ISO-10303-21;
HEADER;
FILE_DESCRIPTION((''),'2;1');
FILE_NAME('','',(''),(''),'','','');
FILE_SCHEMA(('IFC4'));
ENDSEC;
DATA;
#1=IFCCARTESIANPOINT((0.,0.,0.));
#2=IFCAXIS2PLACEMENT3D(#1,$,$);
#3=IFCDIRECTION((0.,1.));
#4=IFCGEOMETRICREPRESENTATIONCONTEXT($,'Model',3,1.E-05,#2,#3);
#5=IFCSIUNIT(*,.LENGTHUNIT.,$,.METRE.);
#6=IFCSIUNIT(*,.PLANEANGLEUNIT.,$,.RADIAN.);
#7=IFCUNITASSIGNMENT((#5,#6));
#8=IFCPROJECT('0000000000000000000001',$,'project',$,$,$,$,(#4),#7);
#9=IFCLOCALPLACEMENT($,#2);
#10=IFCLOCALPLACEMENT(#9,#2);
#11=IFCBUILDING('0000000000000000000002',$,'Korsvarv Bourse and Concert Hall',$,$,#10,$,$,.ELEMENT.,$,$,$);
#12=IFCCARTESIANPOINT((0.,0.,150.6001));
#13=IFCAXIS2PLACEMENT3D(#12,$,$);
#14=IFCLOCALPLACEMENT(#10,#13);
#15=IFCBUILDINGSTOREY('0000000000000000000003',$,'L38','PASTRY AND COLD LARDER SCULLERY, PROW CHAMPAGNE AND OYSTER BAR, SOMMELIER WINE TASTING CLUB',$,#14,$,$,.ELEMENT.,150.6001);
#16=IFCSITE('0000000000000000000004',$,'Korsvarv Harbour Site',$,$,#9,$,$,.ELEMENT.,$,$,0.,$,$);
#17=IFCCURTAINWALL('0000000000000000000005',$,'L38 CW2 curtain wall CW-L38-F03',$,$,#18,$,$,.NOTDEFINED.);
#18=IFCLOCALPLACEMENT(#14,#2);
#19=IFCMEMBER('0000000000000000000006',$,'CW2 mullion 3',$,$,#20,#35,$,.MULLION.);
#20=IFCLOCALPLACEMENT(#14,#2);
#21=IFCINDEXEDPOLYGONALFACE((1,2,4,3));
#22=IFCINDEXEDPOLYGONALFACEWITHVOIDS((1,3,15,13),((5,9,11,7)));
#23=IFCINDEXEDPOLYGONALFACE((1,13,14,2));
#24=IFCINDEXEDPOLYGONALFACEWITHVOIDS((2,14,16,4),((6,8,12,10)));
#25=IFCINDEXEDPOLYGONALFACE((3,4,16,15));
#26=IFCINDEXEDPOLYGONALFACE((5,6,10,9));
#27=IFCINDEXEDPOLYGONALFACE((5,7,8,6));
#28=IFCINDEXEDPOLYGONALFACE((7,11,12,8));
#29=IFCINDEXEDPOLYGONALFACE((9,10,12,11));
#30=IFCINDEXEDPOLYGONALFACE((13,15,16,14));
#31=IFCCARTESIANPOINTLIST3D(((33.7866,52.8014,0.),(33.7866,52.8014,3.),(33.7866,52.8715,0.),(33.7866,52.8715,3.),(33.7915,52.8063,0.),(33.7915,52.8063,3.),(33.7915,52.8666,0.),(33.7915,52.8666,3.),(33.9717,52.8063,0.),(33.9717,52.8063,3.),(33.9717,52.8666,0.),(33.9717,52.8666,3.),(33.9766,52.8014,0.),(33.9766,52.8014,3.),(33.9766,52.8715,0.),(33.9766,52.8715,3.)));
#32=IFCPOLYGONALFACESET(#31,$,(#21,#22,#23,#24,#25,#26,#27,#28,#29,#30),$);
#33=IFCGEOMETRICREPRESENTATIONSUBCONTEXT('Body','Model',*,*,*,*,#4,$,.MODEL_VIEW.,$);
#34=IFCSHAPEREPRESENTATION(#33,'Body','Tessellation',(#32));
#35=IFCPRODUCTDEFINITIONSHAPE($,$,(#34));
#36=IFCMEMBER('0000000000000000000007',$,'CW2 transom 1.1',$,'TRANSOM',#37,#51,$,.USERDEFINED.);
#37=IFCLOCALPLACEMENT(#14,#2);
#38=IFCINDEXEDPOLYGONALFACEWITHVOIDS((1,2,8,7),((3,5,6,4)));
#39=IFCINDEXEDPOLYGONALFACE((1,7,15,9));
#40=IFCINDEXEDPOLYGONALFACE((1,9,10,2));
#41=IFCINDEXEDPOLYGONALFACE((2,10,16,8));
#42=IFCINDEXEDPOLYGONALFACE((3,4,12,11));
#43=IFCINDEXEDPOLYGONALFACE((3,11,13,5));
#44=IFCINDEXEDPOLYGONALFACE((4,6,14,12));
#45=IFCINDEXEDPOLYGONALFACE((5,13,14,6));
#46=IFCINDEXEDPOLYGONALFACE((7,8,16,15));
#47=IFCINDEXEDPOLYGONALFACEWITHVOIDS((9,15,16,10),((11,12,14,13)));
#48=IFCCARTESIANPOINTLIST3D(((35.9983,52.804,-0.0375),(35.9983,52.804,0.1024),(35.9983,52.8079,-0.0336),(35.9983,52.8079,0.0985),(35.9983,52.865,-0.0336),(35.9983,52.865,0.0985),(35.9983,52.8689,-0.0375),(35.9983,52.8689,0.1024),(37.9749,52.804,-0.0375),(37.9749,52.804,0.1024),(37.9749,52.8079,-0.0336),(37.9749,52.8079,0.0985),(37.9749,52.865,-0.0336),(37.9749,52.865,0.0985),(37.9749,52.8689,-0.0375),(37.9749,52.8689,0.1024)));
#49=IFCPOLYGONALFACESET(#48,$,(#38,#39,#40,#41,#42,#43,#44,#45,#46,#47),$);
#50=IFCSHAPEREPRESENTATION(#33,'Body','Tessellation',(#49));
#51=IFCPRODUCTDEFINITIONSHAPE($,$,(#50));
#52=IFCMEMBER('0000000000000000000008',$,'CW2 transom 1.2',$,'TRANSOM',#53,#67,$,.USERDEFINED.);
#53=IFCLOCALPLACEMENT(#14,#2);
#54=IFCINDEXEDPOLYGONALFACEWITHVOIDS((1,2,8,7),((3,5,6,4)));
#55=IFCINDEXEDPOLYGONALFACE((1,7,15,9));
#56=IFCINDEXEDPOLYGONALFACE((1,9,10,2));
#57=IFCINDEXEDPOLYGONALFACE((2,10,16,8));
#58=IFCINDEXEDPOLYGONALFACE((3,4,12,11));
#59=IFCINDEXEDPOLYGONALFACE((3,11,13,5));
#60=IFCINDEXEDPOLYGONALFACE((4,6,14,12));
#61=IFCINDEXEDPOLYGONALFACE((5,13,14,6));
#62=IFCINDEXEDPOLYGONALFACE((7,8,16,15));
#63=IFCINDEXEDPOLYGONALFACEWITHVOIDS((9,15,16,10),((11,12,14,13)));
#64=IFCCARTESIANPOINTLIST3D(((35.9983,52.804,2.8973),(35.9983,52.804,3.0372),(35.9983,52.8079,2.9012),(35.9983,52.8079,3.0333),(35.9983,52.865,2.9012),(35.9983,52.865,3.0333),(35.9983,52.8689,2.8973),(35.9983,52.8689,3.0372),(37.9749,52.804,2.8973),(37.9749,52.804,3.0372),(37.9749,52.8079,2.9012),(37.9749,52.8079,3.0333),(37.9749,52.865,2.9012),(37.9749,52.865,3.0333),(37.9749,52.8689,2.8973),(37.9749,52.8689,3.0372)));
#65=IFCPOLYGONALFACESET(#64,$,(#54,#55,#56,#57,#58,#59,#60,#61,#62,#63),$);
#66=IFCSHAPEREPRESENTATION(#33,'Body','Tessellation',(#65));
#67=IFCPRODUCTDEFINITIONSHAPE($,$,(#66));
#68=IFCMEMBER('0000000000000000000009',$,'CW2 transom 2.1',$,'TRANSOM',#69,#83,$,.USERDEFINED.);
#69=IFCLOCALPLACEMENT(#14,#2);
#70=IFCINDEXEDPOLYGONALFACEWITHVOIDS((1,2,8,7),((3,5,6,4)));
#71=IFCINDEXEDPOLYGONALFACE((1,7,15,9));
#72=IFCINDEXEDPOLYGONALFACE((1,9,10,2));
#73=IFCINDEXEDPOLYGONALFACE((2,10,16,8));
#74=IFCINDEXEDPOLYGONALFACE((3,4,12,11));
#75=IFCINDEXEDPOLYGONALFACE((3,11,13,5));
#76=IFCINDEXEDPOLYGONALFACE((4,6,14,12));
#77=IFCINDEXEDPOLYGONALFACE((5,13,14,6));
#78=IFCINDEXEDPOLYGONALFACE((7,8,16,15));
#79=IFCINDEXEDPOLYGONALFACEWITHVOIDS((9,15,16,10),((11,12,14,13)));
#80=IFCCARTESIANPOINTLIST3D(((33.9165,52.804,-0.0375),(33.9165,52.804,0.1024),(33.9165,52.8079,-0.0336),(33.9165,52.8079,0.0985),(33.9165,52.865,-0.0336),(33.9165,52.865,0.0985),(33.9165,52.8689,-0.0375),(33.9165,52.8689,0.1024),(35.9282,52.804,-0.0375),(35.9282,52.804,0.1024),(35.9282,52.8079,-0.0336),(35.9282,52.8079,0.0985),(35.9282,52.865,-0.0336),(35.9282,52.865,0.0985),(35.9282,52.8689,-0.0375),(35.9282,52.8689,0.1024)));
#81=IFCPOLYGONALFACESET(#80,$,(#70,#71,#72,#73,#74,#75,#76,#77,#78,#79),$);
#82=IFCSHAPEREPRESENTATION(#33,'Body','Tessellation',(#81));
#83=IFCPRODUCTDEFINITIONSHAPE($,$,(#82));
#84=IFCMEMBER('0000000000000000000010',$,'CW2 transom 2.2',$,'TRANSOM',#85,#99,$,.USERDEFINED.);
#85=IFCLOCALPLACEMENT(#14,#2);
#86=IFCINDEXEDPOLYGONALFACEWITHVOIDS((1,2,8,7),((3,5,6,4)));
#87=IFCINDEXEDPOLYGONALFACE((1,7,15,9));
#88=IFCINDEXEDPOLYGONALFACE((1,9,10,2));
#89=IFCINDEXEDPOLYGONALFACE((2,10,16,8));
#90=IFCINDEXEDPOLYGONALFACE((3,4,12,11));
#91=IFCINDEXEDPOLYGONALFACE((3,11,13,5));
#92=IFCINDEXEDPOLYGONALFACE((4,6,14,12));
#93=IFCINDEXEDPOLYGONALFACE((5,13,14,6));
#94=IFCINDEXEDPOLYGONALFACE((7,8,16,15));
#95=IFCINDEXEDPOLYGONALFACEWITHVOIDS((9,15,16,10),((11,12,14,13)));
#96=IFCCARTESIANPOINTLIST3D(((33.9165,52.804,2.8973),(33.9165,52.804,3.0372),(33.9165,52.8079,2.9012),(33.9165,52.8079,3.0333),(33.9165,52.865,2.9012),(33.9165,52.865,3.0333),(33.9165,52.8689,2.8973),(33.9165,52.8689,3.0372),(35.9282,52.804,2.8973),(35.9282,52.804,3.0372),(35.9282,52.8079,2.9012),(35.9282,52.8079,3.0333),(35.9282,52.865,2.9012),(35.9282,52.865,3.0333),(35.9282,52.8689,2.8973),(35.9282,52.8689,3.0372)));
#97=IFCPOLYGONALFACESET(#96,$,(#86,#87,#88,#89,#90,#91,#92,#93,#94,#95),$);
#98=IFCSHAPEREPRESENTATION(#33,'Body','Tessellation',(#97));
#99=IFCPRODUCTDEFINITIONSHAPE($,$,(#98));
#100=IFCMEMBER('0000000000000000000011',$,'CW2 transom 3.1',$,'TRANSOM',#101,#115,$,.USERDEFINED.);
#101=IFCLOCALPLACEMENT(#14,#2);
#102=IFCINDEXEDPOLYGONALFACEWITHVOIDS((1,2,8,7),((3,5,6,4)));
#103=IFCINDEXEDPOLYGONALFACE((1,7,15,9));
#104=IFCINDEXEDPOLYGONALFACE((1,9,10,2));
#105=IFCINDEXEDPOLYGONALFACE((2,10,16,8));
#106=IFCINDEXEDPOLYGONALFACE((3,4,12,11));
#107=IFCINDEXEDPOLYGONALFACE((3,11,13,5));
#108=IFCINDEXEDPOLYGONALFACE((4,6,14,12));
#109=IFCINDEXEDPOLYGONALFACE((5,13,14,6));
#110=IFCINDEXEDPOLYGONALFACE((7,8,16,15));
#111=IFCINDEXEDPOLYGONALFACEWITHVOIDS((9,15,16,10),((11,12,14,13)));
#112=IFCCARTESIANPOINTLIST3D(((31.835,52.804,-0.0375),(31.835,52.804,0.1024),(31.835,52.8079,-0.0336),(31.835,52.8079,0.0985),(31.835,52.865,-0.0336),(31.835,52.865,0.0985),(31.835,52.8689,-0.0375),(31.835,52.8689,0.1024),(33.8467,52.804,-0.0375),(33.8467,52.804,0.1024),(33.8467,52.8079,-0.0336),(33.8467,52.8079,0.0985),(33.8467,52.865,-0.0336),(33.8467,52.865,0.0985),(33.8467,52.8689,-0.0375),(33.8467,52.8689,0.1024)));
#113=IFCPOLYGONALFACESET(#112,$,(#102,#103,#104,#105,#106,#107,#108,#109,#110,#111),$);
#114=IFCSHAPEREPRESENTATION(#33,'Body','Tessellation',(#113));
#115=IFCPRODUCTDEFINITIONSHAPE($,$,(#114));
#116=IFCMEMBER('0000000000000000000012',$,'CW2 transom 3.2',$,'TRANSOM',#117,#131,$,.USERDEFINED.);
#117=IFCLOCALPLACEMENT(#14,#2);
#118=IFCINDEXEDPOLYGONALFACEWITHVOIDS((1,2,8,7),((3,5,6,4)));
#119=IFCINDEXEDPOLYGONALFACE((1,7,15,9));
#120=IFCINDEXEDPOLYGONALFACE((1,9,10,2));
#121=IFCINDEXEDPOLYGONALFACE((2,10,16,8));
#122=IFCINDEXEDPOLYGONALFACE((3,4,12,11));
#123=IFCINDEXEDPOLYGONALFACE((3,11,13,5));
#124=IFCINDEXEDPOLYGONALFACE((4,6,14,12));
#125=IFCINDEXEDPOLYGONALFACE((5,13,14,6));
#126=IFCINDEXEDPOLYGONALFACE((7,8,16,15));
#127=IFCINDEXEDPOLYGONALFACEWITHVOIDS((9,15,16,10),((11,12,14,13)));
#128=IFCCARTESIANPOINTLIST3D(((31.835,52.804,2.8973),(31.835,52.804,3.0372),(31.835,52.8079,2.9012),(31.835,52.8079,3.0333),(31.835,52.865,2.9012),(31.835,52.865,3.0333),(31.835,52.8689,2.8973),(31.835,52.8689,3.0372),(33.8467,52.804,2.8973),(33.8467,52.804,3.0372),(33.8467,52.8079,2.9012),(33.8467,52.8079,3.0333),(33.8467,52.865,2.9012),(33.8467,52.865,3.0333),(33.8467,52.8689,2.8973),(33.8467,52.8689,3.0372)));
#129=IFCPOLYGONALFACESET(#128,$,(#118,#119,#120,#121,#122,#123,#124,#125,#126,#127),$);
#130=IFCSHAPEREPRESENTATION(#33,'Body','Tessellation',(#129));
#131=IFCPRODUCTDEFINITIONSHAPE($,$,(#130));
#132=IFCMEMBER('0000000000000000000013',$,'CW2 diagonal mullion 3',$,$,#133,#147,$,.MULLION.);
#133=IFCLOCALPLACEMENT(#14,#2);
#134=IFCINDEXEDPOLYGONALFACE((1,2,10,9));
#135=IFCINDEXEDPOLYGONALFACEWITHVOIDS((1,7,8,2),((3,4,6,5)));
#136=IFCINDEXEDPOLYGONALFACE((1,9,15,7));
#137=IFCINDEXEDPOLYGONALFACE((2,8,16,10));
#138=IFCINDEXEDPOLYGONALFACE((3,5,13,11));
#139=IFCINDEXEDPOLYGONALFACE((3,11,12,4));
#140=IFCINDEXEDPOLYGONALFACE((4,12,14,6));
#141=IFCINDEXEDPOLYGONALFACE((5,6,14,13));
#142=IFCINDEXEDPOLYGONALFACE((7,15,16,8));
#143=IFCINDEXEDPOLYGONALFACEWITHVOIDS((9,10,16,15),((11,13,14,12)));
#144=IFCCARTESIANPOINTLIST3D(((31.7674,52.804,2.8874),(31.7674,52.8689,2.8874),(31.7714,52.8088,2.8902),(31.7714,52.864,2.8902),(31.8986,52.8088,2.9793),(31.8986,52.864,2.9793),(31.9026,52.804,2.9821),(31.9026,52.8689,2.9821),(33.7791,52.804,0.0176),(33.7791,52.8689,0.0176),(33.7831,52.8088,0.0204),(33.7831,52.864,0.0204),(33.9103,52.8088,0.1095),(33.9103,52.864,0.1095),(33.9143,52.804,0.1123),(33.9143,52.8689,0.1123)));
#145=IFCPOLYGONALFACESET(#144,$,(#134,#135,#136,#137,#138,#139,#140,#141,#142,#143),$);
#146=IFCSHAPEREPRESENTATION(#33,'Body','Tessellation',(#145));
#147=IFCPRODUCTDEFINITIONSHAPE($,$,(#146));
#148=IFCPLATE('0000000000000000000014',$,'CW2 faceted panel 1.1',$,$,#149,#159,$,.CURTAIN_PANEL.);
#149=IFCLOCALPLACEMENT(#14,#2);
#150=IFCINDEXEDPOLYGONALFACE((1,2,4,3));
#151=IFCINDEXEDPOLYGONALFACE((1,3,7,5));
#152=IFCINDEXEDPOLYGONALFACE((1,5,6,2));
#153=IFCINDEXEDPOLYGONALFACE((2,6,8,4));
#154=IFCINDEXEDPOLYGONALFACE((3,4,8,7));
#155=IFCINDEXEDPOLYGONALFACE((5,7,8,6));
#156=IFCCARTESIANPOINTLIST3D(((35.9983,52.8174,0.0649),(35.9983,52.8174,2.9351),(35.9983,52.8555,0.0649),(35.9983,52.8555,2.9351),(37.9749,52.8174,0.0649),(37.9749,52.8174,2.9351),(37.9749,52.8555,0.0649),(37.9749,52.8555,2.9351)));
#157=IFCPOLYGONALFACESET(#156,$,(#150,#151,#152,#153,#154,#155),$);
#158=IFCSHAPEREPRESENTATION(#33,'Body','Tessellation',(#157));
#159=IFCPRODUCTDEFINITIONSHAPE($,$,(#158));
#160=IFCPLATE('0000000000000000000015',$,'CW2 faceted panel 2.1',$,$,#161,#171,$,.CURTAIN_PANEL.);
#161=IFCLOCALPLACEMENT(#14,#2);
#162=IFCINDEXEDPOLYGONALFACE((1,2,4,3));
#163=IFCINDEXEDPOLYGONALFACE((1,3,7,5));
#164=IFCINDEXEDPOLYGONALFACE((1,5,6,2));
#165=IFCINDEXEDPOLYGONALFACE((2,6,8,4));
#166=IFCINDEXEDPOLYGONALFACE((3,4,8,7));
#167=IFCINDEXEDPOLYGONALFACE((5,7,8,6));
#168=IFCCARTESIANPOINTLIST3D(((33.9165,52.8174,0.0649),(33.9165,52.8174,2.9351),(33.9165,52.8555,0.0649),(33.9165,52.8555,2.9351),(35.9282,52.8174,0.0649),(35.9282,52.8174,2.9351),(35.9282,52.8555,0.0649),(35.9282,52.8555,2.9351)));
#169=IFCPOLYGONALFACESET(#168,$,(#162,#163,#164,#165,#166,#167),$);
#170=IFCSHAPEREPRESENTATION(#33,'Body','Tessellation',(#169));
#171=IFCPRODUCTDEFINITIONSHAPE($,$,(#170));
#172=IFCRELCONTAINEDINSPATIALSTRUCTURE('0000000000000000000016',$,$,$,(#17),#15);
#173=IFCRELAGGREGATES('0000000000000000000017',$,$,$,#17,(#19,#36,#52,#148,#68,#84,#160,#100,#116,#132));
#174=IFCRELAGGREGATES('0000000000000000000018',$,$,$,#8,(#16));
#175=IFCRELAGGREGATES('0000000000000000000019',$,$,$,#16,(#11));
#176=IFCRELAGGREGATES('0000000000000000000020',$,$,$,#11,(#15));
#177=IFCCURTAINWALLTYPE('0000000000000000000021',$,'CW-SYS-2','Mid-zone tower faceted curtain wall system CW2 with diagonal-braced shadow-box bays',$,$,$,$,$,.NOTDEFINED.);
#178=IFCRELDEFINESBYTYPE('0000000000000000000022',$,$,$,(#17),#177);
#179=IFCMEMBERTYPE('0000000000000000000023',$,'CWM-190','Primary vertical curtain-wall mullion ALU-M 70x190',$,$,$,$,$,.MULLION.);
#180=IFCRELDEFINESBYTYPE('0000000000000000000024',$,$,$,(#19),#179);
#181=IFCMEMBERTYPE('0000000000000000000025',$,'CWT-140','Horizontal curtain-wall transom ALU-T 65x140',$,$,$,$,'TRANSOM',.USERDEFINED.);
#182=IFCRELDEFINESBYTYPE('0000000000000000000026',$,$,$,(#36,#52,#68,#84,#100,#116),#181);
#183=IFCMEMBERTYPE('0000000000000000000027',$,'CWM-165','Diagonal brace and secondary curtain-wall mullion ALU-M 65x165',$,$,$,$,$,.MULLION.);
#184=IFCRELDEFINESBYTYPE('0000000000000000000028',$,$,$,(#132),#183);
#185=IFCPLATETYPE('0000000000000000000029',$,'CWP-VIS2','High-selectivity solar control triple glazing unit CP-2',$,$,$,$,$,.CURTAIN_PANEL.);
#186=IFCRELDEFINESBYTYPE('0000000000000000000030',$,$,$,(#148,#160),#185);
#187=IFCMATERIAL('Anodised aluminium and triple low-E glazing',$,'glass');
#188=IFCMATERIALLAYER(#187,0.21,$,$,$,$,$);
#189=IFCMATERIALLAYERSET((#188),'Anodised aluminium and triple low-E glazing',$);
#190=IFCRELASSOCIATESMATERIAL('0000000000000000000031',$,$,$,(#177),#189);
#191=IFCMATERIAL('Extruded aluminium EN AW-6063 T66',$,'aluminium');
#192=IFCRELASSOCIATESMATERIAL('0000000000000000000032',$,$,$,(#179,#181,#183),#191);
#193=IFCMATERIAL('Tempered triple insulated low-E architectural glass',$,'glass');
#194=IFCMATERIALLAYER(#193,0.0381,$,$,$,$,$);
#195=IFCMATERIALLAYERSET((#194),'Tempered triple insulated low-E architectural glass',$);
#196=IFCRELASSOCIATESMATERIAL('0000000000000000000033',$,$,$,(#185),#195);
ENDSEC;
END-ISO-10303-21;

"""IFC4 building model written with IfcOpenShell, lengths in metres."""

from ifc_helpers import new_model, si_unit, direction, frame, origin, origin_2d, place, context, subcontext, project, spatial, rectangle, hollow_rectangle, extrude, source, transform, mapped, material, layer, layer_set, material_profile, profile_set, type_object, element, aggregate, save


model = new_model("IFC4")

# Units and contexts
model_context = context("Model", 3, precision=1e-05, world=origin(), true_north=direction((0.0, 1.0)))
body_context = subcontext(model_context, "Body", "Model", "MODEL_VIEW")
ifc_project = project(units=[si_unit("LENGTHUNIT", "METRE"), si_unit("PLANEANGLEUNIT", "RADIAN")], contexts=[model_context])

# Site, building, storey
site_placement = place(None, origin())
site = spatial("IfcSite", under=ifc_project, at=site_placement, Name="Korsvarv Harbour Site", CompositionType="ELEMENT", RefElevation=0.0)
building_placement = place(site_placement, origin())
building = spatial("IfcBuilding", under=site, at=building_placement, Name="Korsvarv Bourse and Concert Hall", CompositionType="ELEMENT")
storey_placement = place(building_placement, frame((0.0, 0.0, 150.6001)))
storey = spatial("IfcBuildingStorey", under=building, at=storey_placement, Name="L38", Description="PASTRY AND COLD LARDER SCULLERY, PROW CHAMPAGNE AND OYSTER BAR, SOMMELIER WINE TASTING CLUB", CompositionType="ELEMENT", Elevation=150.6001)

# Curtain wall, members, plates
ifc_material_1 = material(Name="Anodised aluminium and triple low-E glazing", Category="glass")
ifc_layer_1 = layer(ifc_material_1, 0.21)
ifc_layer_set_1 = layer_set([ifc_layer_1], Name="Anodised aluminium and triple low-E glazing")
curtain_wall_type = type_object("IfcCurtainWallType", Name="CW-SYS-2", Description="Mid-zone tower faceted curtain wall system CW2 with diagonal-braced shadow-box bays", PredefinedType="NOTDEFINED", material=ifc_layer_set_1)
curtain_wall_placement = place(storey_placement, origin())
curtain_wall = element("IfcCurtainWall", 1, at=curtain_wall_placement, inside=storey, type_object=curtain_wall_type, Name="L38 CW2 curtain wall CW-L38-F03", PredefinedType="NOTDEFINED")
ifc_material_2 = material(Name="Extruded aluminium EN AW-6063 T66", Category="aluminium")
ifc_material_profile_1 = material_profile(ifc_material_2, hollow_rectangle(XDim=0.0701, YDim=0.1899, WallThickness=0.0049, at=origin_2d()), Name="ALU-M 70x190")
ifc_profile_set_1 = profile_set([ifc_material_profile_1], Name="Extruded aluminium EN AW-6063 T66")
member_type_1 = type_object("IfcMemberType", Name="CWM-190", Description="Primary vertical curtain-wall mullion ALU-M 70x190", PredefinedType="MULLION", material=ifc_profile_set_1)
shared_shape_1 = source(origin(), body_context, "Body", "SweptSolid", [
    extrude(hollow_rectangle(XDim=0.0701, YDim=0.1899, WallThickness=0.0049, at=origin_2d()), origin(), (0.0, 0.0, 1.0), 3.0),
])
member_1_placement = place(storey_placement, frame((33.8816, 52.8364, 0.0), z_axis=(0.0, 0.0, 1.0), x_axis=(0.0, -1.0, 0.0)))
member_1 = element("IfcMember", 2, at=member_1_placement, type_object=member_type_1, Name="CW2 mullion 3", PredefinedType="MULLION", context=body_context, shape_type="MappedRepresentation", body=[
    mapped(shared_shape_1, transform((0.0, 0.0, 0.0), scale=1.0)),
])
ifc_material_profile_2 = material_profile(ifc_material_2, hollow_rectangle(XDim=0.0649, YDim=0.1399, WallThickness=0.0039, at=origin_2d()), Name="ALU-T 65x140")
ifc_profile_set_2 = profile_set([ifc_material_profile_2], Name="Extruded aluminium EN AW-6063 T66")
member_type_2 = type_object("IfcMemberType", Name="CWT-140", Description="Horizontal curtain-wall transom ALU-T 65x140", ElementType="TRANSOM", PredefinedType="USERDEFINED", material=ifc_profile_set_2)
shared_shape_2 = source(origin(), body_context, "Body", "SweptSolid", [
    extrude(hollow_rectangle(XDim=0.0649, YDim=0.1399, WallThickness=0.0039, at=origin_2d()), origin(), (0.0, 0.0, 1.0), 1.9766),
])
member_2_placement = place(storey_placement, frame((37.9749, 52.8364, 0.0325), z_axis=(-1.0, 0.0, 0.0), x_axis=(0.0, -1.0, 0.0)))
member_2 = element("IfcMember", 3, at=member_2_placement, type_object=member_type_2, Name="CW2 transom 1.1", ObjectType="TRANSOM", PredefinedType="USERDEFINED", context=body_context, shape_type="MappedRepresentation", body=[
    mapped(shared_shape_2, transform((0.0, 0.0, 0.0), scale=1.0)),
])
member_3_placement = place(storey_placement, frame((37.9749, 52.8364, 2.9673), z_axis=(-1.0, 0.0, 0.0), x_axis=(0.0, -1.0, 0.0)))
member_3 = element("IfcMember", 4, at=member_3_placement, type_object=member_type_2, Name="CW2 transom 1.2", ObjectType="TRANSOM", PredefinedType="USERDEFINED", context=body_context, shape_type="MappedRepresentation", body=[
    mapped(shared_shape_2, transform((0.0, 0.0, 0.0), scale=1.0)),
])
shared_shape_3 = source(origin(), body_context, "Body", "SweptSolid", [
    extrude(hollow_rectangle(XDim=0.0649, YDim=0.1399, WallThickness=0.0039, at=origin_2d()), origin(), (0.0, 0.0, 1.0), 2.0117),
])
member_4_placement = place(storey_placement, frame((35.9282, 52.8364, 0.0325), z_axis=(-1.0, 0.0, 0.0), x_axis=(0.0, -1.0, 0.0)))
member_4 = element("IfcMember", 5, at=member_4_placement, type_object=member_type_2, Name="CW2 transom 2.1", ObjectType="TRANSOM", PredefinedType="USERDEFINED", context=body_context, shape_type="MappedRepresentation", body=[
    mapped(shared_shape_3, transform((0.0, 0.0, 0.0), scale=1.0)),
])
member_5_placement = place(storey_placement, frame((35.9282, 52.8364, 2.9673), z_axis=(-1.0, 0.0, 0.0), x_axis=(0.0, -1.0, 0.0)))
member_5 = element("IfcMember", 6, at=member_5_placement, type_object=member_type_2, Name="CW2 transom 2.2", ObjectType="TRANSOM", PredefinedType="USERDEFINED", context=body_context, shape_type="MappedRepresentation", body=[
    mapped(shared_shape_3, transform((0.0, 0.0, 0.0), scale=1.0)),
])
member_6_placement = place(storey_placement, frame((33.8467, 52.8364, 0.0325), z_axis=(-1.0, 0.0, 0.0), x_axis=(0.0, -1.0, 0.0)))
member_6 = element("IfcMember", 7, at=member_6_placement, type_object=member_type_2, Name="CW2 transom 3.1", ObjectType="TRANSOM", PredefinedType="USERDEFINED", context=body_context, shape_type="MappedRepresentation", body=[
    mapped(shared_shape_3, transform((0.0, 0.0, 0.0), scale=1.0)),
])
member_7_placement = place(storey_placement, frame((33.8467, 52.8364, 2.9673), z_axis=(-1.0, 0.0, 0.0), x_axis=(0.0, -1.0, 0.0)))
member_7 = element("IfcMember", 8, at=member_7_placement, type_object=member_type_2, Name="CW2 transom 3.2", ObjectType="TRANSOM", PredefinedType="USERDEFINED", context=body_context, shape_type="MappedRepresentation", body=[
    mapped(shared_shape_3, transform((0.0, 0.0, 0.0), scale=1.0)),
])
ifc_material_profile_3 = material_profile(ifc_material_2, hollow_rectangle(XDim=0.0649, YDim=0.165, WallThickness=0.0049, at=origin_2d()), Name="ALU-M 65x165")
ifc_profile_set_3 = profile_set([ifc_material_profile_3], Name="Extruded aluminium EN AW-6063 T66")
member_type_3 = type_object("IfcMemberType", Name="CWM-165", Description="Diagonal brace and secondary curtain-wall mullion ALU-M 65x165", PredefinedType="MULLION", material=ifc_profile_set_3)
shared_shape_4 = source(origin(), body_context, "Body", "SweptSolid", [
    extrude(hollow_rectangle(XDim=0.0649, YDim=0.165, WallThickness=0.0049, at=origin_2d()), origin(), (0.0, 0.0, 1.0), 3.5046),
])
member_8_placement = place(storey_placement, frame((33.8467, 52.8364, 0.0649), z_axis=(-0.574, 0.0, 0.818855), x_axis=(0.0, -1.0, 0.0)))
member_8 = element("IfcMember", 9, at=member_8_placement, type_object=member_type_3, Name="CW2 diagonal mullion 3", PredefinedType="MULLION", context=body_context, shape_type="MappedRepresentation", body=[
    mapped(shared_shape_4, transform((0.0, 0.0, 0.0), scale=1.0)),
])
ifc_material_3 = material(Name="Tempered triple insulated low-E architectural glass", Category="glass")
ifc_layer_2 = layer(ifc_material_3, 0.0381)
ifc_layer_set_2 = layer_set([ifc_layer_2], Name="Tempered triple insulated low-E architectural glass")
plate_type_1 = type_object("IfcPlateType", Name="CWP-VIS2", Description="High-selectivity solar control triple glazing unit CP-2", PredefinedType="CURTAIN_PANEL", material=ifc_layer_set_2)
shared_shape_5 = source(origin(), body_context, "Body", "SweptSolid", [
    extrude(rectangle(XDim=1.9766, YDim=0.0381, at=origin_2d()), origin(), (0.0, 0.0, 1.0), 2.8701),
])
plate_1_placement = place(storey_placement, frame((36.9866, 52.8364, 0.0649), z_axis=(0.0, 0.0, 1.0), x_axis=(-1.0, 0.0, 0.0)))
plate_1 = element("IfcPlate", 10, at=plate_1_placement, type_object=plate_type_1, Name="CW2 faceted panel 1.1", PredefinedType="CURTAIN_PANEL", context=body_context, shape_type="MappedRepresentation", body=[
    mapped(shared_shape_5, transform((0.0, 0.0, 0.0), scale=1.0)),
])
shared_shape_6 = source(origin(), body_context, "Body", "SweptSolid", [
    extrude(rectangle(XDim=2.0117, YDim=0.0381, at=origin_2d()), origin(), (0.0, 0.0, 1.0), 2.8701),
])
plate_2_placement = place(storey_placement, frame((34.9224, 52.8364, 0.0649), z_axis=(0.0, 0.0, 1.0), x_axis=(-1.0, 0.0, 0.0)))
plate_2 = element("IfcPlate", 11, at=plate_2_placement, type_object=plate_type_1, Name="CW2 faceted panel 2.1", PredefinedType="CURTAIN_PANEL", context=body_context, shape_type="MappedRepresentation", body=[
    mapped(shared_shape_6, transform((0.0, 0.0, 0.0), scale=1.0)),
])
aggregate(curtain_wall, [member_1, member_2, member_3, plate_1, member_4, member_5, plate_2, member_6, member_7, member_8])

save(model, "model.ifc")
